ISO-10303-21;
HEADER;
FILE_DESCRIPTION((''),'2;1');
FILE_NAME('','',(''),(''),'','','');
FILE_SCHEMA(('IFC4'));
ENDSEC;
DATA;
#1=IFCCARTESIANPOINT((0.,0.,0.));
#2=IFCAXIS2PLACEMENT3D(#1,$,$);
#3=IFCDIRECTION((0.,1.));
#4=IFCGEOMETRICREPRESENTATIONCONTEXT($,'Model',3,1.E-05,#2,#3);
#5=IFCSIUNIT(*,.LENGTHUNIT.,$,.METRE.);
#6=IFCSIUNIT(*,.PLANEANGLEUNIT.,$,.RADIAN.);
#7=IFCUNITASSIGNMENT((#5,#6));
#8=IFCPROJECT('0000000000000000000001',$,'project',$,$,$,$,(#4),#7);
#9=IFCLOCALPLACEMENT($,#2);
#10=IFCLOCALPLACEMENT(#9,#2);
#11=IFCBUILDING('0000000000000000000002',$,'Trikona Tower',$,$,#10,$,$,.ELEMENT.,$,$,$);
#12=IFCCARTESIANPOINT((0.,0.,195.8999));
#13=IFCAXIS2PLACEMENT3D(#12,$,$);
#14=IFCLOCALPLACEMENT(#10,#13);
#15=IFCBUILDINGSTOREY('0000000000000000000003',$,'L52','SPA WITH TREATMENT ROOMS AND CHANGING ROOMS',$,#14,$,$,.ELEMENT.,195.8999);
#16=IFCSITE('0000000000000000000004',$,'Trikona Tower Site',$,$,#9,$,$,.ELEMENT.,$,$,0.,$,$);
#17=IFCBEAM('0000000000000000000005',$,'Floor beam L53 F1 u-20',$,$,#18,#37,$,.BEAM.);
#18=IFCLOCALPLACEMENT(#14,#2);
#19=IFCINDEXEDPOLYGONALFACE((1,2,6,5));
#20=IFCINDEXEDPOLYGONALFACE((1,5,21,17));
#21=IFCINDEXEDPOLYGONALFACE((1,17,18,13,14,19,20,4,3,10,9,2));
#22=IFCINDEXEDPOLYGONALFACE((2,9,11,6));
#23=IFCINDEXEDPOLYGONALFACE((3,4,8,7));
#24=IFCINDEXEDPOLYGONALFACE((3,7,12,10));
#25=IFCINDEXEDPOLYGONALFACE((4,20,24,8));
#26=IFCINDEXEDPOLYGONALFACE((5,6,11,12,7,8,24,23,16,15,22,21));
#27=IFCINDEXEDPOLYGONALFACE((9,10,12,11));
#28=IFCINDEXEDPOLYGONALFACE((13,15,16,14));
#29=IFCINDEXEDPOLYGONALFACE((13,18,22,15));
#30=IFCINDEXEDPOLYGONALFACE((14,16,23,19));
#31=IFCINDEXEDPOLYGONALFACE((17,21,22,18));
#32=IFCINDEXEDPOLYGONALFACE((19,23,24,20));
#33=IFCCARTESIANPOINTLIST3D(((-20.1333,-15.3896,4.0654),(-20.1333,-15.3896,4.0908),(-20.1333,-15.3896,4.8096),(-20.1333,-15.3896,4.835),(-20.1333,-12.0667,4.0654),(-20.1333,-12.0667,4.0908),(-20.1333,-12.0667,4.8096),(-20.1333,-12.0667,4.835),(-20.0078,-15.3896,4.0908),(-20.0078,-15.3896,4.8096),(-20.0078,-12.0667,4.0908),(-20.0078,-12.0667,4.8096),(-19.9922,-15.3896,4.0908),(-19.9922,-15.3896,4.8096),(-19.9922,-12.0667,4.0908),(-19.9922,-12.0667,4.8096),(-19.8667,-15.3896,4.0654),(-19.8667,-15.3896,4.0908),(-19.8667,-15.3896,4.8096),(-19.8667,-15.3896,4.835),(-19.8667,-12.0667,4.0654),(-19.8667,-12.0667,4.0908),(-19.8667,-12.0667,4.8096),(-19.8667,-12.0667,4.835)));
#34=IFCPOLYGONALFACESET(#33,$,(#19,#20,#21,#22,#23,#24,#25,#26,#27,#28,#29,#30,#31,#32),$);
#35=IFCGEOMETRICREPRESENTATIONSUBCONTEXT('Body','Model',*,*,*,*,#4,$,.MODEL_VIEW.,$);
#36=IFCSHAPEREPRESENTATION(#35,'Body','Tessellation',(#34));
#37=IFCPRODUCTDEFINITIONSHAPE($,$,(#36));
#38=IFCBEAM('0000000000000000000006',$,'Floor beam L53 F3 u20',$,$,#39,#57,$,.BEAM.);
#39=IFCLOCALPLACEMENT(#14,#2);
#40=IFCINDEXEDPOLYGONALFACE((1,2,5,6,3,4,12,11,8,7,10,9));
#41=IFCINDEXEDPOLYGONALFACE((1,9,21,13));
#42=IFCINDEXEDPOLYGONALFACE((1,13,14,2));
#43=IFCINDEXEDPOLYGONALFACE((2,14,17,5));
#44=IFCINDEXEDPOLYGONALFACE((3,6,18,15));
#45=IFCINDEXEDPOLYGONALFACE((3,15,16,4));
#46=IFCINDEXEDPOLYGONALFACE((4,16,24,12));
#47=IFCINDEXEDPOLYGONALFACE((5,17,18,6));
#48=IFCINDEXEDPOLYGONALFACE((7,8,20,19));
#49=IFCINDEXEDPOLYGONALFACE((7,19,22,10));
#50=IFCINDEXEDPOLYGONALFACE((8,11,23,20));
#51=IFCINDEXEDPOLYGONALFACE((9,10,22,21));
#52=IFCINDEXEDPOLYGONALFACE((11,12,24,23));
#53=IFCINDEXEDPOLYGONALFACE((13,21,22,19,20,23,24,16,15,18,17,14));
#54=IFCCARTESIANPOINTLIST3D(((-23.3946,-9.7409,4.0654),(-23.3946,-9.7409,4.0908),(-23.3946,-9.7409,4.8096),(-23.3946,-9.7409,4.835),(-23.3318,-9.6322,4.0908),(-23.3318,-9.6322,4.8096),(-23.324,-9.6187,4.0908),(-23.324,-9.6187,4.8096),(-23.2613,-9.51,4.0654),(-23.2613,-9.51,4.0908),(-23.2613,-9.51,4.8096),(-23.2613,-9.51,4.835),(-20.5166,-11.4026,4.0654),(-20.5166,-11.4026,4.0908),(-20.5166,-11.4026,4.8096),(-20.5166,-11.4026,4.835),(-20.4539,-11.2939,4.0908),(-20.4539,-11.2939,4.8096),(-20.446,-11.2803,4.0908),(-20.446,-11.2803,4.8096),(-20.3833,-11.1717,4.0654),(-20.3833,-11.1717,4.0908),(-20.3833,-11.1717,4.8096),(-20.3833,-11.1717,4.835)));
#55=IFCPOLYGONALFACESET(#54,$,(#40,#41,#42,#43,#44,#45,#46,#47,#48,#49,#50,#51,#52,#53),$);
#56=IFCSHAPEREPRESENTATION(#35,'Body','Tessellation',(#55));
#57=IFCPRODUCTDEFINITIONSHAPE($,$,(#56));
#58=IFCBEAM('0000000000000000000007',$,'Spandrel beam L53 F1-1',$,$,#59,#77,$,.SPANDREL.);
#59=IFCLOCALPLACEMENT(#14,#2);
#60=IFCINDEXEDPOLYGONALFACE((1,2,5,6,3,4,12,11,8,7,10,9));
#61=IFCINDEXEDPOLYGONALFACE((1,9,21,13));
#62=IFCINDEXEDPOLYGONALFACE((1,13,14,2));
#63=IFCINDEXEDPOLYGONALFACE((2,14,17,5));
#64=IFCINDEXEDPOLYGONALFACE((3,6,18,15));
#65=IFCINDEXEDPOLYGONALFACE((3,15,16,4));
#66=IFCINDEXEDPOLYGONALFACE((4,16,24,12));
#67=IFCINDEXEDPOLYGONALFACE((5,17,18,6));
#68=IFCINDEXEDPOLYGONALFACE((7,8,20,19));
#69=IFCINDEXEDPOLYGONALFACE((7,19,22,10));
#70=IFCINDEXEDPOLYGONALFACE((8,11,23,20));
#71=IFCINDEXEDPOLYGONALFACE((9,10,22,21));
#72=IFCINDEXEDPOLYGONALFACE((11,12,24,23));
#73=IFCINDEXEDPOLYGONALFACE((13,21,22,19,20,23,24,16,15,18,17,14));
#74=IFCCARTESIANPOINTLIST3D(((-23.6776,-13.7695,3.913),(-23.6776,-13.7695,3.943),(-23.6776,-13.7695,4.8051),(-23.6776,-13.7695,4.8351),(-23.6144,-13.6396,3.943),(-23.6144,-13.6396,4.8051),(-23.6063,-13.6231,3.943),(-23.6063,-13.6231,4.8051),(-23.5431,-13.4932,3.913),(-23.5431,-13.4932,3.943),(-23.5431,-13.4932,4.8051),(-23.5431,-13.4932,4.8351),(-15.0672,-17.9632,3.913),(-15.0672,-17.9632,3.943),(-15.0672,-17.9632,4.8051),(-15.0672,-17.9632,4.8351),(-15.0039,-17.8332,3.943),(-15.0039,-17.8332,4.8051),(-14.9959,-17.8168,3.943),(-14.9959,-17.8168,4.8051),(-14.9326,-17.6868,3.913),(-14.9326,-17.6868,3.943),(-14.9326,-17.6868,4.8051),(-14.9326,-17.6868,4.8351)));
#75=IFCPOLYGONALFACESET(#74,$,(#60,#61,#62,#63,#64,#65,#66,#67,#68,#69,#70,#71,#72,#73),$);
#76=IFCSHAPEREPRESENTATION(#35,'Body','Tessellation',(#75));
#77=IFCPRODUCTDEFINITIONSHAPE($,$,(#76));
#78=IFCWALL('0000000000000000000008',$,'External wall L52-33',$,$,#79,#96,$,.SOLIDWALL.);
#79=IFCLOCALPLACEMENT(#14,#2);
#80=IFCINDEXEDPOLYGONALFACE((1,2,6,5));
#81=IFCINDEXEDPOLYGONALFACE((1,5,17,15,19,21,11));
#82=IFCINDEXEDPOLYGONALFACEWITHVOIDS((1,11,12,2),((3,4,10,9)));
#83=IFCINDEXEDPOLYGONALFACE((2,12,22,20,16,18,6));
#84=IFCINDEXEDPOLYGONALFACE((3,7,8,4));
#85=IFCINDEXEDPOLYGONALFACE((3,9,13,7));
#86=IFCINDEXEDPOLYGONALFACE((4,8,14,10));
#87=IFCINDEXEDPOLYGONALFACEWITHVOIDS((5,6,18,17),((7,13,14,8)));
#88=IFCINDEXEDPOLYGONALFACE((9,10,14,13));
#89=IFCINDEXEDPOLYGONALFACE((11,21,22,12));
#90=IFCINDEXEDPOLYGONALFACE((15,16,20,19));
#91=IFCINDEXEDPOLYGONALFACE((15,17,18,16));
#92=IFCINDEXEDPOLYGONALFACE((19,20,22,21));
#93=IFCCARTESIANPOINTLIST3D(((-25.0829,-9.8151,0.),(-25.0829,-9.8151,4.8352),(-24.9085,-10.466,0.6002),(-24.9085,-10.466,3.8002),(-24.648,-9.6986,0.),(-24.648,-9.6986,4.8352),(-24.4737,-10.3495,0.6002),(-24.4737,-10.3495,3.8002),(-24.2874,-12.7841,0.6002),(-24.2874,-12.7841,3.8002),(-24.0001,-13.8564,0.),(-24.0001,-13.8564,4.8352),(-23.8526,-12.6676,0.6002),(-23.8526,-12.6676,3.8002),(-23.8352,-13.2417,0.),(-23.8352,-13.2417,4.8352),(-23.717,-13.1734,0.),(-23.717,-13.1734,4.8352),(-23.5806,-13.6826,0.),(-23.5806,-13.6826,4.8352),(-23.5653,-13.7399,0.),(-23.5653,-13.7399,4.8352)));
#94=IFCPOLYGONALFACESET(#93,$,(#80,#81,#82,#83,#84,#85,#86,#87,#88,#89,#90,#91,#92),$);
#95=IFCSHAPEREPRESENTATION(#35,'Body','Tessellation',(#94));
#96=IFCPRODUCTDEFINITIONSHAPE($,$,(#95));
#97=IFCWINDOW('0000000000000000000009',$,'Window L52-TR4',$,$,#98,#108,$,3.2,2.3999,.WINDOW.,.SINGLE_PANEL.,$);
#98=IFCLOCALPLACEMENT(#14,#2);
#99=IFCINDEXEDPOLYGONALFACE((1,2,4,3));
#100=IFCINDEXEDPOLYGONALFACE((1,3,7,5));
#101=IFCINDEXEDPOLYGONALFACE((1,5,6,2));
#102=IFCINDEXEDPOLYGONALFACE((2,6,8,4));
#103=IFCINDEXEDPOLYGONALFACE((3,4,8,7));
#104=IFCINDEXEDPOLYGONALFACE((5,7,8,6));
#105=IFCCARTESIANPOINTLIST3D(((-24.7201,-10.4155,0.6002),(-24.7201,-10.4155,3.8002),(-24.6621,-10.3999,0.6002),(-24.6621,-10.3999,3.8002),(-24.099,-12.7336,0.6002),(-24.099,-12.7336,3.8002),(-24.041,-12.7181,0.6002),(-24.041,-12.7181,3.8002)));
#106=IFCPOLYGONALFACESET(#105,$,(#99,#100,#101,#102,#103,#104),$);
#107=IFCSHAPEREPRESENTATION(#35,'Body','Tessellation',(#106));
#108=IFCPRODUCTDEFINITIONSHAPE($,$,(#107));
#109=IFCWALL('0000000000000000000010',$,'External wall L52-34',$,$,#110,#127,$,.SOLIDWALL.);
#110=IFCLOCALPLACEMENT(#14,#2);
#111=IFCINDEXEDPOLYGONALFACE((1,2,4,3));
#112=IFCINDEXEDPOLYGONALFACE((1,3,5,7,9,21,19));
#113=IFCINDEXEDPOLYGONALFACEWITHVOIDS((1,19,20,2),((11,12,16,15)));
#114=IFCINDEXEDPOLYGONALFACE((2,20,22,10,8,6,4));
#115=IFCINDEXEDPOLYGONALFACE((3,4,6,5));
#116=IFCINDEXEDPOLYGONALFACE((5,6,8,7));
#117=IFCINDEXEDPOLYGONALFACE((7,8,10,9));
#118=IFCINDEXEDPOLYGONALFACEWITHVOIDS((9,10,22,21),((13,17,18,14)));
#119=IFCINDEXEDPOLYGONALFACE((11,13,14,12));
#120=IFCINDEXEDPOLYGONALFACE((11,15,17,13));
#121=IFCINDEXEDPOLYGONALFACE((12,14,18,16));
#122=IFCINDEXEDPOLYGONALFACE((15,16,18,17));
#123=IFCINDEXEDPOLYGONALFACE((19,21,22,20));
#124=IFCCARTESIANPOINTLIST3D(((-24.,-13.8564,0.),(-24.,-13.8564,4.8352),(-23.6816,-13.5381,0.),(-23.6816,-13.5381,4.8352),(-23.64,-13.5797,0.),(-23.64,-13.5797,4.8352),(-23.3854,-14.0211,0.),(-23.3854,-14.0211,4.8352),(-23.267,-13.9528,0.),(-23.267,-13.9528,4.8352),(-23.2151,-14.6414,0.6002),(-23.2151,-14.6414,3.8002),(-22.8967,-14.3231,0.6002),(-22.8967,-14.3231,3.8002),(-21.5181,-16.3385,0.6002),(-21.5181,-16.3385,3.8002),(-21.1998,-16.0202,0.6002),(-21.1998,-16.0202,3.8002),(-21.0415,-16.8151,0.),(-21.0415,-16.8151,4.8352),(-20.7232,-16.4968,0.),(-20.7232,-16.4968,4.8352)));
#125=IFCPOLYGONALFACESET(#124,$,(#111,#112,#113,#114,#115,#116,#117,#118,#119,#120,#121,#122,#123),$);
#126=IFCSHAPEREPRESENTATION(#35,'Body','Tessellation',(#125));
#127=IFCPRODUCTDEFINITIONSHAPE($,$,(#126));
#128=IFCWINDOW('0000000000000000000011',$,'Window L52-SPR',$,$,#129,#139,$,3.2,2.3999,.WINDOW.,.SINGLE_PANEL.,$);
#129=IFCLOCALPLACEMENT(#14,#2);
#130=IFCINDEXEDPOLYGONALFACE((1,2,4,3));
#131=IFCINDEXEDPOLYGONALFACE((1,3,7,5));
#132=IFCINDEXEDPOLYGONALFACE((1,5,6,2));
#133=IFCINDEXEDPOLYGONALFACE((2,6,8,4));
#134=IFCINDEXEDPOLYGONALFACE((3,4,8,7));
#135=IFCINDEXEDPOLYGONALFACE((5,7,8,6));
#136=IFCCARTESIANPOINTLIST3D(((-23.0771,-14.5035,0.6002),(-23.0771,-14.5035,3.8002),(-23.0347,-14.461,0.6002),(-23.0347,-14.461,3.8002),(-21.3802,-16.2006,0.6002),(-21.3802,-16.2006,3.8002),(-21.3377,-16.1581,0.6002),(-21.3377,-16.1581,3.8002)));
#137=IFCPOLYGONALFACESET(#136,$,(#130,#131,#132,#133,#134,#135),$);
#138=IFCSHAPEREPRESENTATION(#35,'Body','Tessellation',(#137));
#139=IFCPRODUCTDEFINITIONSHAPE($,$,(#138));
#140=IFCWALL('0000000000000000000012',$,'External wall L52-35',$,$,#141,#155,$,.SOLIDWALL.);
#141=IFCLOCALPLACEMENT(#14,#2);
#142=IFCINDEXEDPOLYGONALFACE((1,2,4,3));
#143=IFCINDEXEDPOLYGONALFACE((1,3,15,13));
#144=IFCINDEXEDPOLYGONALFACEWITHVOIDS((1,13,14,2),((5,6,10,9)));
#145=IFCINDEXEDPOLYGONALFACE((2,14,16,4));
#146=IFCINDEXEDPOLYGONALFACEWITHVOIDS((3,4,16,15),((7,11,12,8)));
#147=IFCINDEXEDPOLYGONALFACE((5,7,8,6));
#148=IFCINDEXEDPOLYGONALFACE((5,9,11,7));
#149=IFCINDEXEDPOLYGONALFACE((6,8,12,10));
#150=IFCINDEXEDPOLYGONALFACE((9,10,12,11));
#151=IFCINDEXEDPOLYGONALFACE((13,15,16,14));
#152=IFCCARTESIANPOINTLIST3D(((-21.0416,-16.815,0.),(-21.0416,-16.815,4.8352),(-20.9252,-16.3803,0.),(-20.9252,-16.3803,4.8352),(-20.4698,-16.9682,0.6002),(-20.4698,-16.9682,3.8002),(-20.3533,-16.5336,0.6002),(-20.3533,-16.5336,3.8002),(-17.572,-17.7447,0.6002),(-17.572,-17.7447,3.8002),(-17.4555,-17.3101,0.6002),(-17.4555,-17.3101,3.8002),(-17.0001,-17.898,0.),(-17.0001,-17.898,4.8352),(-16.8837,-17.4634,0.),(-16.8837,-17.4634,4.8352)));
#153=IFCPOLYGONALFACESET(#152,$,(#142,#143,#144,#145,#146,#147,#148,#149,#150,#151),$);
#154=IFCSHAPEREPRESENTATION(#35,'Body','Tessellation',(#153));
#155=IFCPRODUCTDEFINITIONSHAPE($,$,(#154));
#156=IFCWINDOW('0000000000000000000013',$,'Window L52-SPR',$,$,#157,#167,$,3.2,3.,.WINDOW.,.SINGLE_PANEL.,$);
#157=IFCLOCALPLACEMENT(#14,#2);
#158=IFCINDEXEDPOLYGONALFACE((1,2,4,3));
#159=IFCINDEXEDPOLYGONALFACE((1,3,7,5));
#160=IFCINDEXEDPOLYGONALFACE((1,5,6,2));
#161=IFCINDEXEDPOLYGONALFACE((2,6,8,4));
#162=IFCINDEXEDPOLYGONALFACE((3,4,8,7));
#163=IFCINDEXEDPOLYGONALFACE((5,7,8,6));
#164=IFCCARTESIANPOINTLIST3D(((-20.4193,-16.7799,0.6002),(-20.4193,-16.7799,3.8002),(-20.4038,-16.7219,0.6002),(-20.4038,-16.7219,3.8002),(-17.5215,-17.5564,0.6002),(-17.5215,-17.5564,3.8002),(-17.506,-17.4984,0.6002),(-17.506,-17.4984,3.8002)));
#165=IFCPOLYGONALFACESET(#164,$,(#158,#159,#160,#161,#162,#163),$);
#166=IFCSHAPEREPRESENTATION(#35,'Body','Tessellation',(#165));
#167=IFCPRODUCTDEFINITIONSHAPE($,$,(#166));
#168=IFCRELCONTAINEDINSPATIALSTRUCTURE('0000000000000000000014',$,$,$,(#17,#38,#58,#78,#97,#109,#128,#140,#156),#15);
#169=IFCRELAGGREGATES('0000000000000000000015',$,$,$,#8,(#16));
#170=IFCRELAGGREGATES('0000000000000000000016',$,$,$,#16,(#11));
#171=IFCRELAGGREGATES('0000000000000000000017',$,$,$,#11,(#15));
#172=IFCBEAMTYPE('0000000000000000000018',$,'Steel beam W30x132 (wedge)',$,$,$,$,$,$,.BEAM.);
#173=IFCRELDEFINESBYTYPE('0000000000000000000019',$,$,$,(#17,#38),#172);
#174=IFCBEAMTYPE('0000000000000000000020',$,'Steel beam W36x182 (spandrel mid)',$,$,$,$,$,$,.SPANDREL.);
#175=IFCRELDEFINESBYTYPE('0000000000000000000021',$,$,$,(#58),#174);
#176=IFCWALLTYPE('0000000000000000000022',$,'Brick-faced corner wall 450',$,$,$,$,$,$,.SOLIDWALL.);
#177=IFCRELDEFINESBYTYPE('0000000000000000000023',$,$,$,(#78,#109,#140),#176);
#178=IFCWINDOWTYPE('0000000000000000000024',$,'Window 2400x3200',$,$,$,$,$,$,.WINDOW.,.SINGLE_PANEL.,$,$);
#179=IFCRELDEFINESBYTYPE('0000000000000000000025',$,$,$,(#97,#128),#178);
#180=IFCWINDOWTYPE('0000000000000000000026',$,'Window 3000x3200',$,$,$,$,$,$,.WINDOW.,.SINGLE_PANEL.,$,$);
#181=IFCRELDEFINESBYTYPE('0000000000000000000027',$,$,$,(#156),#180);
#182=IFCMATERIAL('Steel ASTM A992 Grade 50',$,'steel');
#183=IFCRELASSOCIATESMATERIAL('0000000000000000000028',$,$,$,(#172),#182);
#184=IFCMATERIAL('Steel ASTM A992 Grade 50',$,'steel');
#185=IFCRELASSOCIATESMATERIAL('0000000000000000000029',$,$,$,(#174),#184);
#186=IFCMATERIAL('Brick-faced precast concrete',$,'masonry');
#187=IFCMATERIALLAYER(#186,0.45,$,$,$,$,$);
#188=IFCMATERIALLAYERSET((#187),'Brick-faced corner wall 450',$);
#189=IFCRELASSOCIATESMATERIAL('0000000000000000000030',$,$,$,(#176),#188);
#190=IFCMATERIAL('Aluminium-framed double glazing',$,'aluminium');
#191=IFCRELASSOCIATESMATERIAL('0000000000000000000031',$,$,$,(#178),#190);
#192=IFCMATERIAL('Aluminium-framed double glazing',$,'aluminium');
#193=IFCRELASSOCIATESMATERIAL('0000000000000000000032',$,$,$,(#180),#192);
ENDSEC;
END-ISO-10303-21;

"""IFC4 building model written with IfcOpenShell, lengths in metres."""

from ifc_helpers import new_model, si_unit, direction, frame, frame_2d, origin, origin_2d, place, context, subcontext, project, spatial, polyline, rectangle, i_section, outline, extrude, material, layer, layer_set, material_profile, profile_set, type_object, element, fill, save


model = new_model("IFC4")

# Units and contexts
model_context = context("Model", 3, precision=1e-05, world=origin(), true_north=direction((0.0, 1.0)))
body_context = subcontext(model_context, "Body", "Model", "MODEL_VIEW")
ifc_project = project(units=[si_unit("LENGTHUNIT", "METRE"), si_unit("PLANEANGLEUNIT", "RADIAN")], contexts=[model_context])

# Site, building, storey
site_placement = place(None, origin())
site = spatial("IfcSite", under=ifc_project, at=site_placement, Name="Trikona Tower Site", CompositionType="ELEMENT", RefElevation=0.0)
building_placement = place(site_placement, origin())
building = spatial("IfcBuilding", under=site, at=building_placement, Name="Trikona Tower", CompositionType="ELEMENT")
storey_placement = place(building_placement, frame((0.0, 0.0, 195.8999)))
storey = spatial("IfcBuildingStorey", under=building, at=storey_placement, Name="L52", Description="SPA WITH TREATMENT ROOMS AND CHANGING ROOMS", CompositionType="ELEMENT", Elevation=195.8999)

# Beams
ifc_material_1 = material(Name="Steel ASTM A992 Grade 50", Category="steel")
ifc_material_profile_1 = material_profile(ifc_material_1, i_section(OverallWidth=0.2666, OverallDepth=0.7695, WebThickness=0.0156, FlangeThickness=0.0254, at=origin_2d()), Name="W30X132")
ifc_profile_set_1 = profile_set([ifc_material_profile_1], Name="Steel ASTM A992 Grade 50")
beam_type_1 = type_object("IfcBeamType", Name="Steel beam W30x132 (wedge)", PredefinedType="BEAM", material=ifc_profile_set_1)
beam_1_placement = place(storey_placement, frame((-20.0, -12.0667, 4.4502), z_axis=(0.0, -1.0, 0.0), x_axis=(1.0, 0.0, 0.0)))
element("IfcBeam", 1, at=beam_1_placement, inside=storey, type_object=beam_type_1, Name="Floor beam L53 F1 u-20", PredefinedType="BEAM", context=body_context, shape_type="SweptSolid", body=[
    extrude(i_section(OverallWidth=0.2666, OverallDepth=0.7695, WebThickness=0.0156, FlangeThickness=0.0254, at=origin_2d()), origin(), (0.0, 0.0, 1.0), 3.323),
])
beam_2_placement = place(storey_placement, frame((-20.45, -11.2871, 4.4502), z_axis=(-0.866019, 0.500011, 0.0), x_axis=(-0.500011, -0.866019, 0.0)))
element("IfcBeam", 2, at=beam_2_placement, inside=storey, type_object=beam_type_1, Name="Floor beam L53 F3 u20", PredefinedType="BEAM", context=body_context, shape_type="SweptSolid", body=[
    extrude(i_section(OverallWidth=0.2666, OverallDepth=0.7695, WebThickness=0.0156, FlangeThickness=0.0254, at=origin_2d()), origin(), (0.0, 0.0, 1.0), 3.3232),
])
ifc_material_2 = material(Name="Steel ASTM A992 Grade 50", Category="steel")
ifc_material_profile_2 = material_profile(ifc_material_2, i_section(OverallWidth=0.3074, OverallDepth=0.9221, WebThickness=0.0183, FlangeThickness=0.03, at=origin_2d()), Name="W36X182")
ifc_profile_set_2 = profile_set([ifc_material_profile_2], Name="Steel ASTM A992 Grade 50")
beam_type_2 = type_object("IfcBeamType", Name="Steel beam W36x182 (spandrel mid)", PredefinedType="SPANDREL", material=ifc_profile_set_2)
beam_3_placement = place(storey_placement, frame((-23.6104, -13.6313, 4.374), z_axis=(0.899039, -0.43787, 0.0), x_axis=(0.43787, 0.899039, 0.0)))
element("IfcBeam", 3, at=beam_3_placement, inside=storey, type_object=beam_type_2, Name="Spandrel beam L53 F1-1", PredefinedType="SPANDREL", context=body_context, shape_type="SweptSolid", body=[
    extrude(i_section(OverallWidth=0.3074, OverallDepth=0.9221, WebThickness=0.0183, FlangeThickness=0.03, at=origin_2d()), origin(), (0.0, 0.0, 1.0), 9.5774),
])

# Walls, openings, windows
ifc_material_3 = material(Name="Brick-faced precast concrete", Category="masonry")
ifc_layer_1 = layer(ifc_material_3, 0.45)
ifc_layer_set_1 = layer_set([ifc_layer_1], Name="Brick-faced corner wall 450")
wall_type_1 = type_object("IfcWallType", Name="Brick-faced corner wall 450", PredefinedType="SOLIDWALL", material=ifc_layer_set_1)
wall_1_placement = place(storey_placement, frame((-24.8655, -9.7568, 0.0), z_axis=(0.0, 0.0, 1.0), x_axis=(0.258799, -0.965931, 0.0)))
wall_1 = element("IfcWall", 4, at=wall_1_placement, inside=storey, type_object=wall_type_1, Name="External wall L52-33", PredefinedType="SOLIDWALL", context=body_context, shape_type="SweptSolid", body=[
    extrude(outline(polyline([(4.1838, 0.2251), (4.1245, 0.2251), (3.6328, 0.0933), (3.5974, 0.2251), (0.0, 0.2251), (0.0, -0.2251), (4.1838, -0.2251), (4.1838, 0.2251)])), origin(), (0.0, 0.0, 1.0), 4.8352),
])
opening_1_placement = place(wall_1_placement, frame((0.6738, 0.0, 0.6001)))
opening_1 = element("IfcOpeningElement", 5, at=opening_1_placement, cuts=wall_1, PredefinedType="OPENING", context=body_context, shape_type="SweptSolid", body=[
    extrude(rectangle(XDim=2.3999, YDim=3.2, at=frame_2d((1.2, 1.6001))), frame((0.0, 0.2349, 0.0), z_axis=(0.0, -1.0, 0.0), x_axis=(1.0, 0.0, 0.0)), (0.0, 0.0, 1.0), 0.47),
])
ifc_material_4 = material(Name="Aluminium-framed double glazing", Category="aluminium")
window_type_1 = type_object("IfcWindowType", Name="Window 2400x3200", PartitioningType="SINGLE_PANEL", PredefinedType="WINDOW", material=ifc_material_4)
window_1_placement = place(opening_1_placement, origin())
window_1 = element("IfcWindow", 6, at=window_1_placement, inside=storey, type_object=window_type_1, Name="Window L52-TR4", OverallHeight=3.2, OverallWidth=2.3999, PartitioningType="SINGLE_PANEL", PredefinedType="WINDOW", context=body_context, shape_type="SweptSolid", body=[
    extrude(rectangle(XDim=2.3999, YDim=3.2, at=frame_2d((1.2, 1.6001))), frame((0.0, 0.03, 0.0), z_axis=(0.0, -1.0, 0.0), x_axis=(1.0, 0.0, 0.0)), (0.0, 0.0, 1.0), 0.0601),
])
fill(opening_1, window_1)
wall_2_placement = place(storey_placement, frame((-23.8408, -13.6973, 0.0), z_axis=(0.0, 0.0, 1.0), x_axis=(0.707078, -0.707136, 0.0)))
wall_2 = element("IfcWall", 7, at=wall_2_placement, inside=storey, type_object=wall_type_1, Name="External wall L52-34", PredefinedType="SOLIDWALL", context=body_context, shape_type="SweptSolid", body=[
    extrude(outline(polyline([(4.1841, 0.2251), (0.5864, 0.2251), (0.551, 0.093), (0.0588, 0.2251), (0.0, 0.2251), (0.0, -0.2251), (4.1841, -0.2251), (4.1841, 0.2251)])), origin(), (0.0, 0.0, 1.0), 4.8352),
])
opening_2_placement = place(wall_2_placement, frame((1.1101, 0.0, 0.6001)))
opening_2 = element("IfcOpeningElement", 8, at=opening_2_placement, cuts=wall_2, PredefinedType="OPENING", context=body_context, shape_type="SweptSolid", body=[
    extrude(rectangle(XDim=2.3999, YDim=3.2, at=frame_2d((1.2, 1.6001))), frame((0.0, 0.2349, 0.0), z_axis=(0.0, -1.0, 0.0), x_axis=(1.0, 0.0, 0.0)), (0.0, 0.0, 1.0), 0.47),
])
window_2_placement = place(opening_2_placement, origin())
window_2 = element("IfcWindow", 9, at=window_2_placement, inside=storey, type_object=window_type_1, Name="Window L52-SPR", OverallHeight=3.2, OverallWidth=2.3999, PartitioningType="SINGLE_PANEL", PredefinedType="WINDOW", context=body_context, shape_type="SweptSolid", body=[
    extrude(rectangle(XDim=2.3999, YDim=3.2, at=frame_2d((1.2, 1.6001))), frame((0.0, 0.03, 0.0), z_axis=(0.0, -1.0, 0.0), x_axis=(1.0, 0.0, 0.0)), (0.0, 0.0, 1.0), 0.0601),
])
fill(opening_2, window_2)
wall_3_placement = place(storey_placement, frame((-20.9834, -16.5977, 0.0), z_axis=(0.0, 0.0, 1.0), x_axis=(0.96592, -0.258839, 0.0)))
wall_3 = element("IfcWall", 10, at=wall_3_placement, inside=storey, type_object=wall_type_1, Name="External wall L52-35", PredefinedType="SOLIDWALL", context=body_context, shape_type="SweptSolid", body=[
    extrude(rectangle(XDim=4.1841, YDim=0.45, at=frame_2d((2.092, 0.0))), origin(), (0.0, 0.0, 1.0), 4.8352),
])
opening_3_placement = place(wall_3_placement, frame((0.592, 0.0, 0.6001)))
opening_3 = element("IfcOpeningElement", 11, at=opening_3_placement, cuts=wall_3, PredefinedType="OPENING", context=body_context, shape_type="SweptSolid", body=[
    extrude(rectangle(XDim=3.0, YDim=3.2, at=frame_2d((1.5, 1.6001))), frame((0.0, 0.2349, 0.0), z_axis=(0.0, -1.0, 0.0), x_axis=(1.0, 0.0, 0.0)), (0.0, 0.0, 1.0), 0.47),
])
ifc_material_5 = material(Name="Aluminium-framed double glazing", Category="aluminium")
window_type_2 = type_object("IfcWindowType", Name="Window 3000x3200", PartitioningType="SINGLE_PANEL", PredefinedType="WINDOW", material=ifc_material_5)
window_3_placement = place(opening_3_placement, origin())
window_3 = element("IfcWindow", 12, at=window_3_placement, inside=storey, type_object=window_type_2, Name="Window L52-SPR", OverallHeight=3.2, OverallWidth=3.0, PartitioningType="SINGLE_PANEL", PredefinedType="WINDOW", context=body_context, shape_type="SweptSolid", body=[
    extrude(rectangle(XDim=3.0, YDim=3.2, at=frame_2d((1.5, 1.6001))), frame((0.0, 0.03, 0.0), z_axis=(0.0, -1.0, 0.0), x_axis=(1.0, 0.0, 0.0)), (0.0, 0.0, 1.0), 0.0601),
])
fill(opening_3, window_3)

save(model, "model.ifc")
